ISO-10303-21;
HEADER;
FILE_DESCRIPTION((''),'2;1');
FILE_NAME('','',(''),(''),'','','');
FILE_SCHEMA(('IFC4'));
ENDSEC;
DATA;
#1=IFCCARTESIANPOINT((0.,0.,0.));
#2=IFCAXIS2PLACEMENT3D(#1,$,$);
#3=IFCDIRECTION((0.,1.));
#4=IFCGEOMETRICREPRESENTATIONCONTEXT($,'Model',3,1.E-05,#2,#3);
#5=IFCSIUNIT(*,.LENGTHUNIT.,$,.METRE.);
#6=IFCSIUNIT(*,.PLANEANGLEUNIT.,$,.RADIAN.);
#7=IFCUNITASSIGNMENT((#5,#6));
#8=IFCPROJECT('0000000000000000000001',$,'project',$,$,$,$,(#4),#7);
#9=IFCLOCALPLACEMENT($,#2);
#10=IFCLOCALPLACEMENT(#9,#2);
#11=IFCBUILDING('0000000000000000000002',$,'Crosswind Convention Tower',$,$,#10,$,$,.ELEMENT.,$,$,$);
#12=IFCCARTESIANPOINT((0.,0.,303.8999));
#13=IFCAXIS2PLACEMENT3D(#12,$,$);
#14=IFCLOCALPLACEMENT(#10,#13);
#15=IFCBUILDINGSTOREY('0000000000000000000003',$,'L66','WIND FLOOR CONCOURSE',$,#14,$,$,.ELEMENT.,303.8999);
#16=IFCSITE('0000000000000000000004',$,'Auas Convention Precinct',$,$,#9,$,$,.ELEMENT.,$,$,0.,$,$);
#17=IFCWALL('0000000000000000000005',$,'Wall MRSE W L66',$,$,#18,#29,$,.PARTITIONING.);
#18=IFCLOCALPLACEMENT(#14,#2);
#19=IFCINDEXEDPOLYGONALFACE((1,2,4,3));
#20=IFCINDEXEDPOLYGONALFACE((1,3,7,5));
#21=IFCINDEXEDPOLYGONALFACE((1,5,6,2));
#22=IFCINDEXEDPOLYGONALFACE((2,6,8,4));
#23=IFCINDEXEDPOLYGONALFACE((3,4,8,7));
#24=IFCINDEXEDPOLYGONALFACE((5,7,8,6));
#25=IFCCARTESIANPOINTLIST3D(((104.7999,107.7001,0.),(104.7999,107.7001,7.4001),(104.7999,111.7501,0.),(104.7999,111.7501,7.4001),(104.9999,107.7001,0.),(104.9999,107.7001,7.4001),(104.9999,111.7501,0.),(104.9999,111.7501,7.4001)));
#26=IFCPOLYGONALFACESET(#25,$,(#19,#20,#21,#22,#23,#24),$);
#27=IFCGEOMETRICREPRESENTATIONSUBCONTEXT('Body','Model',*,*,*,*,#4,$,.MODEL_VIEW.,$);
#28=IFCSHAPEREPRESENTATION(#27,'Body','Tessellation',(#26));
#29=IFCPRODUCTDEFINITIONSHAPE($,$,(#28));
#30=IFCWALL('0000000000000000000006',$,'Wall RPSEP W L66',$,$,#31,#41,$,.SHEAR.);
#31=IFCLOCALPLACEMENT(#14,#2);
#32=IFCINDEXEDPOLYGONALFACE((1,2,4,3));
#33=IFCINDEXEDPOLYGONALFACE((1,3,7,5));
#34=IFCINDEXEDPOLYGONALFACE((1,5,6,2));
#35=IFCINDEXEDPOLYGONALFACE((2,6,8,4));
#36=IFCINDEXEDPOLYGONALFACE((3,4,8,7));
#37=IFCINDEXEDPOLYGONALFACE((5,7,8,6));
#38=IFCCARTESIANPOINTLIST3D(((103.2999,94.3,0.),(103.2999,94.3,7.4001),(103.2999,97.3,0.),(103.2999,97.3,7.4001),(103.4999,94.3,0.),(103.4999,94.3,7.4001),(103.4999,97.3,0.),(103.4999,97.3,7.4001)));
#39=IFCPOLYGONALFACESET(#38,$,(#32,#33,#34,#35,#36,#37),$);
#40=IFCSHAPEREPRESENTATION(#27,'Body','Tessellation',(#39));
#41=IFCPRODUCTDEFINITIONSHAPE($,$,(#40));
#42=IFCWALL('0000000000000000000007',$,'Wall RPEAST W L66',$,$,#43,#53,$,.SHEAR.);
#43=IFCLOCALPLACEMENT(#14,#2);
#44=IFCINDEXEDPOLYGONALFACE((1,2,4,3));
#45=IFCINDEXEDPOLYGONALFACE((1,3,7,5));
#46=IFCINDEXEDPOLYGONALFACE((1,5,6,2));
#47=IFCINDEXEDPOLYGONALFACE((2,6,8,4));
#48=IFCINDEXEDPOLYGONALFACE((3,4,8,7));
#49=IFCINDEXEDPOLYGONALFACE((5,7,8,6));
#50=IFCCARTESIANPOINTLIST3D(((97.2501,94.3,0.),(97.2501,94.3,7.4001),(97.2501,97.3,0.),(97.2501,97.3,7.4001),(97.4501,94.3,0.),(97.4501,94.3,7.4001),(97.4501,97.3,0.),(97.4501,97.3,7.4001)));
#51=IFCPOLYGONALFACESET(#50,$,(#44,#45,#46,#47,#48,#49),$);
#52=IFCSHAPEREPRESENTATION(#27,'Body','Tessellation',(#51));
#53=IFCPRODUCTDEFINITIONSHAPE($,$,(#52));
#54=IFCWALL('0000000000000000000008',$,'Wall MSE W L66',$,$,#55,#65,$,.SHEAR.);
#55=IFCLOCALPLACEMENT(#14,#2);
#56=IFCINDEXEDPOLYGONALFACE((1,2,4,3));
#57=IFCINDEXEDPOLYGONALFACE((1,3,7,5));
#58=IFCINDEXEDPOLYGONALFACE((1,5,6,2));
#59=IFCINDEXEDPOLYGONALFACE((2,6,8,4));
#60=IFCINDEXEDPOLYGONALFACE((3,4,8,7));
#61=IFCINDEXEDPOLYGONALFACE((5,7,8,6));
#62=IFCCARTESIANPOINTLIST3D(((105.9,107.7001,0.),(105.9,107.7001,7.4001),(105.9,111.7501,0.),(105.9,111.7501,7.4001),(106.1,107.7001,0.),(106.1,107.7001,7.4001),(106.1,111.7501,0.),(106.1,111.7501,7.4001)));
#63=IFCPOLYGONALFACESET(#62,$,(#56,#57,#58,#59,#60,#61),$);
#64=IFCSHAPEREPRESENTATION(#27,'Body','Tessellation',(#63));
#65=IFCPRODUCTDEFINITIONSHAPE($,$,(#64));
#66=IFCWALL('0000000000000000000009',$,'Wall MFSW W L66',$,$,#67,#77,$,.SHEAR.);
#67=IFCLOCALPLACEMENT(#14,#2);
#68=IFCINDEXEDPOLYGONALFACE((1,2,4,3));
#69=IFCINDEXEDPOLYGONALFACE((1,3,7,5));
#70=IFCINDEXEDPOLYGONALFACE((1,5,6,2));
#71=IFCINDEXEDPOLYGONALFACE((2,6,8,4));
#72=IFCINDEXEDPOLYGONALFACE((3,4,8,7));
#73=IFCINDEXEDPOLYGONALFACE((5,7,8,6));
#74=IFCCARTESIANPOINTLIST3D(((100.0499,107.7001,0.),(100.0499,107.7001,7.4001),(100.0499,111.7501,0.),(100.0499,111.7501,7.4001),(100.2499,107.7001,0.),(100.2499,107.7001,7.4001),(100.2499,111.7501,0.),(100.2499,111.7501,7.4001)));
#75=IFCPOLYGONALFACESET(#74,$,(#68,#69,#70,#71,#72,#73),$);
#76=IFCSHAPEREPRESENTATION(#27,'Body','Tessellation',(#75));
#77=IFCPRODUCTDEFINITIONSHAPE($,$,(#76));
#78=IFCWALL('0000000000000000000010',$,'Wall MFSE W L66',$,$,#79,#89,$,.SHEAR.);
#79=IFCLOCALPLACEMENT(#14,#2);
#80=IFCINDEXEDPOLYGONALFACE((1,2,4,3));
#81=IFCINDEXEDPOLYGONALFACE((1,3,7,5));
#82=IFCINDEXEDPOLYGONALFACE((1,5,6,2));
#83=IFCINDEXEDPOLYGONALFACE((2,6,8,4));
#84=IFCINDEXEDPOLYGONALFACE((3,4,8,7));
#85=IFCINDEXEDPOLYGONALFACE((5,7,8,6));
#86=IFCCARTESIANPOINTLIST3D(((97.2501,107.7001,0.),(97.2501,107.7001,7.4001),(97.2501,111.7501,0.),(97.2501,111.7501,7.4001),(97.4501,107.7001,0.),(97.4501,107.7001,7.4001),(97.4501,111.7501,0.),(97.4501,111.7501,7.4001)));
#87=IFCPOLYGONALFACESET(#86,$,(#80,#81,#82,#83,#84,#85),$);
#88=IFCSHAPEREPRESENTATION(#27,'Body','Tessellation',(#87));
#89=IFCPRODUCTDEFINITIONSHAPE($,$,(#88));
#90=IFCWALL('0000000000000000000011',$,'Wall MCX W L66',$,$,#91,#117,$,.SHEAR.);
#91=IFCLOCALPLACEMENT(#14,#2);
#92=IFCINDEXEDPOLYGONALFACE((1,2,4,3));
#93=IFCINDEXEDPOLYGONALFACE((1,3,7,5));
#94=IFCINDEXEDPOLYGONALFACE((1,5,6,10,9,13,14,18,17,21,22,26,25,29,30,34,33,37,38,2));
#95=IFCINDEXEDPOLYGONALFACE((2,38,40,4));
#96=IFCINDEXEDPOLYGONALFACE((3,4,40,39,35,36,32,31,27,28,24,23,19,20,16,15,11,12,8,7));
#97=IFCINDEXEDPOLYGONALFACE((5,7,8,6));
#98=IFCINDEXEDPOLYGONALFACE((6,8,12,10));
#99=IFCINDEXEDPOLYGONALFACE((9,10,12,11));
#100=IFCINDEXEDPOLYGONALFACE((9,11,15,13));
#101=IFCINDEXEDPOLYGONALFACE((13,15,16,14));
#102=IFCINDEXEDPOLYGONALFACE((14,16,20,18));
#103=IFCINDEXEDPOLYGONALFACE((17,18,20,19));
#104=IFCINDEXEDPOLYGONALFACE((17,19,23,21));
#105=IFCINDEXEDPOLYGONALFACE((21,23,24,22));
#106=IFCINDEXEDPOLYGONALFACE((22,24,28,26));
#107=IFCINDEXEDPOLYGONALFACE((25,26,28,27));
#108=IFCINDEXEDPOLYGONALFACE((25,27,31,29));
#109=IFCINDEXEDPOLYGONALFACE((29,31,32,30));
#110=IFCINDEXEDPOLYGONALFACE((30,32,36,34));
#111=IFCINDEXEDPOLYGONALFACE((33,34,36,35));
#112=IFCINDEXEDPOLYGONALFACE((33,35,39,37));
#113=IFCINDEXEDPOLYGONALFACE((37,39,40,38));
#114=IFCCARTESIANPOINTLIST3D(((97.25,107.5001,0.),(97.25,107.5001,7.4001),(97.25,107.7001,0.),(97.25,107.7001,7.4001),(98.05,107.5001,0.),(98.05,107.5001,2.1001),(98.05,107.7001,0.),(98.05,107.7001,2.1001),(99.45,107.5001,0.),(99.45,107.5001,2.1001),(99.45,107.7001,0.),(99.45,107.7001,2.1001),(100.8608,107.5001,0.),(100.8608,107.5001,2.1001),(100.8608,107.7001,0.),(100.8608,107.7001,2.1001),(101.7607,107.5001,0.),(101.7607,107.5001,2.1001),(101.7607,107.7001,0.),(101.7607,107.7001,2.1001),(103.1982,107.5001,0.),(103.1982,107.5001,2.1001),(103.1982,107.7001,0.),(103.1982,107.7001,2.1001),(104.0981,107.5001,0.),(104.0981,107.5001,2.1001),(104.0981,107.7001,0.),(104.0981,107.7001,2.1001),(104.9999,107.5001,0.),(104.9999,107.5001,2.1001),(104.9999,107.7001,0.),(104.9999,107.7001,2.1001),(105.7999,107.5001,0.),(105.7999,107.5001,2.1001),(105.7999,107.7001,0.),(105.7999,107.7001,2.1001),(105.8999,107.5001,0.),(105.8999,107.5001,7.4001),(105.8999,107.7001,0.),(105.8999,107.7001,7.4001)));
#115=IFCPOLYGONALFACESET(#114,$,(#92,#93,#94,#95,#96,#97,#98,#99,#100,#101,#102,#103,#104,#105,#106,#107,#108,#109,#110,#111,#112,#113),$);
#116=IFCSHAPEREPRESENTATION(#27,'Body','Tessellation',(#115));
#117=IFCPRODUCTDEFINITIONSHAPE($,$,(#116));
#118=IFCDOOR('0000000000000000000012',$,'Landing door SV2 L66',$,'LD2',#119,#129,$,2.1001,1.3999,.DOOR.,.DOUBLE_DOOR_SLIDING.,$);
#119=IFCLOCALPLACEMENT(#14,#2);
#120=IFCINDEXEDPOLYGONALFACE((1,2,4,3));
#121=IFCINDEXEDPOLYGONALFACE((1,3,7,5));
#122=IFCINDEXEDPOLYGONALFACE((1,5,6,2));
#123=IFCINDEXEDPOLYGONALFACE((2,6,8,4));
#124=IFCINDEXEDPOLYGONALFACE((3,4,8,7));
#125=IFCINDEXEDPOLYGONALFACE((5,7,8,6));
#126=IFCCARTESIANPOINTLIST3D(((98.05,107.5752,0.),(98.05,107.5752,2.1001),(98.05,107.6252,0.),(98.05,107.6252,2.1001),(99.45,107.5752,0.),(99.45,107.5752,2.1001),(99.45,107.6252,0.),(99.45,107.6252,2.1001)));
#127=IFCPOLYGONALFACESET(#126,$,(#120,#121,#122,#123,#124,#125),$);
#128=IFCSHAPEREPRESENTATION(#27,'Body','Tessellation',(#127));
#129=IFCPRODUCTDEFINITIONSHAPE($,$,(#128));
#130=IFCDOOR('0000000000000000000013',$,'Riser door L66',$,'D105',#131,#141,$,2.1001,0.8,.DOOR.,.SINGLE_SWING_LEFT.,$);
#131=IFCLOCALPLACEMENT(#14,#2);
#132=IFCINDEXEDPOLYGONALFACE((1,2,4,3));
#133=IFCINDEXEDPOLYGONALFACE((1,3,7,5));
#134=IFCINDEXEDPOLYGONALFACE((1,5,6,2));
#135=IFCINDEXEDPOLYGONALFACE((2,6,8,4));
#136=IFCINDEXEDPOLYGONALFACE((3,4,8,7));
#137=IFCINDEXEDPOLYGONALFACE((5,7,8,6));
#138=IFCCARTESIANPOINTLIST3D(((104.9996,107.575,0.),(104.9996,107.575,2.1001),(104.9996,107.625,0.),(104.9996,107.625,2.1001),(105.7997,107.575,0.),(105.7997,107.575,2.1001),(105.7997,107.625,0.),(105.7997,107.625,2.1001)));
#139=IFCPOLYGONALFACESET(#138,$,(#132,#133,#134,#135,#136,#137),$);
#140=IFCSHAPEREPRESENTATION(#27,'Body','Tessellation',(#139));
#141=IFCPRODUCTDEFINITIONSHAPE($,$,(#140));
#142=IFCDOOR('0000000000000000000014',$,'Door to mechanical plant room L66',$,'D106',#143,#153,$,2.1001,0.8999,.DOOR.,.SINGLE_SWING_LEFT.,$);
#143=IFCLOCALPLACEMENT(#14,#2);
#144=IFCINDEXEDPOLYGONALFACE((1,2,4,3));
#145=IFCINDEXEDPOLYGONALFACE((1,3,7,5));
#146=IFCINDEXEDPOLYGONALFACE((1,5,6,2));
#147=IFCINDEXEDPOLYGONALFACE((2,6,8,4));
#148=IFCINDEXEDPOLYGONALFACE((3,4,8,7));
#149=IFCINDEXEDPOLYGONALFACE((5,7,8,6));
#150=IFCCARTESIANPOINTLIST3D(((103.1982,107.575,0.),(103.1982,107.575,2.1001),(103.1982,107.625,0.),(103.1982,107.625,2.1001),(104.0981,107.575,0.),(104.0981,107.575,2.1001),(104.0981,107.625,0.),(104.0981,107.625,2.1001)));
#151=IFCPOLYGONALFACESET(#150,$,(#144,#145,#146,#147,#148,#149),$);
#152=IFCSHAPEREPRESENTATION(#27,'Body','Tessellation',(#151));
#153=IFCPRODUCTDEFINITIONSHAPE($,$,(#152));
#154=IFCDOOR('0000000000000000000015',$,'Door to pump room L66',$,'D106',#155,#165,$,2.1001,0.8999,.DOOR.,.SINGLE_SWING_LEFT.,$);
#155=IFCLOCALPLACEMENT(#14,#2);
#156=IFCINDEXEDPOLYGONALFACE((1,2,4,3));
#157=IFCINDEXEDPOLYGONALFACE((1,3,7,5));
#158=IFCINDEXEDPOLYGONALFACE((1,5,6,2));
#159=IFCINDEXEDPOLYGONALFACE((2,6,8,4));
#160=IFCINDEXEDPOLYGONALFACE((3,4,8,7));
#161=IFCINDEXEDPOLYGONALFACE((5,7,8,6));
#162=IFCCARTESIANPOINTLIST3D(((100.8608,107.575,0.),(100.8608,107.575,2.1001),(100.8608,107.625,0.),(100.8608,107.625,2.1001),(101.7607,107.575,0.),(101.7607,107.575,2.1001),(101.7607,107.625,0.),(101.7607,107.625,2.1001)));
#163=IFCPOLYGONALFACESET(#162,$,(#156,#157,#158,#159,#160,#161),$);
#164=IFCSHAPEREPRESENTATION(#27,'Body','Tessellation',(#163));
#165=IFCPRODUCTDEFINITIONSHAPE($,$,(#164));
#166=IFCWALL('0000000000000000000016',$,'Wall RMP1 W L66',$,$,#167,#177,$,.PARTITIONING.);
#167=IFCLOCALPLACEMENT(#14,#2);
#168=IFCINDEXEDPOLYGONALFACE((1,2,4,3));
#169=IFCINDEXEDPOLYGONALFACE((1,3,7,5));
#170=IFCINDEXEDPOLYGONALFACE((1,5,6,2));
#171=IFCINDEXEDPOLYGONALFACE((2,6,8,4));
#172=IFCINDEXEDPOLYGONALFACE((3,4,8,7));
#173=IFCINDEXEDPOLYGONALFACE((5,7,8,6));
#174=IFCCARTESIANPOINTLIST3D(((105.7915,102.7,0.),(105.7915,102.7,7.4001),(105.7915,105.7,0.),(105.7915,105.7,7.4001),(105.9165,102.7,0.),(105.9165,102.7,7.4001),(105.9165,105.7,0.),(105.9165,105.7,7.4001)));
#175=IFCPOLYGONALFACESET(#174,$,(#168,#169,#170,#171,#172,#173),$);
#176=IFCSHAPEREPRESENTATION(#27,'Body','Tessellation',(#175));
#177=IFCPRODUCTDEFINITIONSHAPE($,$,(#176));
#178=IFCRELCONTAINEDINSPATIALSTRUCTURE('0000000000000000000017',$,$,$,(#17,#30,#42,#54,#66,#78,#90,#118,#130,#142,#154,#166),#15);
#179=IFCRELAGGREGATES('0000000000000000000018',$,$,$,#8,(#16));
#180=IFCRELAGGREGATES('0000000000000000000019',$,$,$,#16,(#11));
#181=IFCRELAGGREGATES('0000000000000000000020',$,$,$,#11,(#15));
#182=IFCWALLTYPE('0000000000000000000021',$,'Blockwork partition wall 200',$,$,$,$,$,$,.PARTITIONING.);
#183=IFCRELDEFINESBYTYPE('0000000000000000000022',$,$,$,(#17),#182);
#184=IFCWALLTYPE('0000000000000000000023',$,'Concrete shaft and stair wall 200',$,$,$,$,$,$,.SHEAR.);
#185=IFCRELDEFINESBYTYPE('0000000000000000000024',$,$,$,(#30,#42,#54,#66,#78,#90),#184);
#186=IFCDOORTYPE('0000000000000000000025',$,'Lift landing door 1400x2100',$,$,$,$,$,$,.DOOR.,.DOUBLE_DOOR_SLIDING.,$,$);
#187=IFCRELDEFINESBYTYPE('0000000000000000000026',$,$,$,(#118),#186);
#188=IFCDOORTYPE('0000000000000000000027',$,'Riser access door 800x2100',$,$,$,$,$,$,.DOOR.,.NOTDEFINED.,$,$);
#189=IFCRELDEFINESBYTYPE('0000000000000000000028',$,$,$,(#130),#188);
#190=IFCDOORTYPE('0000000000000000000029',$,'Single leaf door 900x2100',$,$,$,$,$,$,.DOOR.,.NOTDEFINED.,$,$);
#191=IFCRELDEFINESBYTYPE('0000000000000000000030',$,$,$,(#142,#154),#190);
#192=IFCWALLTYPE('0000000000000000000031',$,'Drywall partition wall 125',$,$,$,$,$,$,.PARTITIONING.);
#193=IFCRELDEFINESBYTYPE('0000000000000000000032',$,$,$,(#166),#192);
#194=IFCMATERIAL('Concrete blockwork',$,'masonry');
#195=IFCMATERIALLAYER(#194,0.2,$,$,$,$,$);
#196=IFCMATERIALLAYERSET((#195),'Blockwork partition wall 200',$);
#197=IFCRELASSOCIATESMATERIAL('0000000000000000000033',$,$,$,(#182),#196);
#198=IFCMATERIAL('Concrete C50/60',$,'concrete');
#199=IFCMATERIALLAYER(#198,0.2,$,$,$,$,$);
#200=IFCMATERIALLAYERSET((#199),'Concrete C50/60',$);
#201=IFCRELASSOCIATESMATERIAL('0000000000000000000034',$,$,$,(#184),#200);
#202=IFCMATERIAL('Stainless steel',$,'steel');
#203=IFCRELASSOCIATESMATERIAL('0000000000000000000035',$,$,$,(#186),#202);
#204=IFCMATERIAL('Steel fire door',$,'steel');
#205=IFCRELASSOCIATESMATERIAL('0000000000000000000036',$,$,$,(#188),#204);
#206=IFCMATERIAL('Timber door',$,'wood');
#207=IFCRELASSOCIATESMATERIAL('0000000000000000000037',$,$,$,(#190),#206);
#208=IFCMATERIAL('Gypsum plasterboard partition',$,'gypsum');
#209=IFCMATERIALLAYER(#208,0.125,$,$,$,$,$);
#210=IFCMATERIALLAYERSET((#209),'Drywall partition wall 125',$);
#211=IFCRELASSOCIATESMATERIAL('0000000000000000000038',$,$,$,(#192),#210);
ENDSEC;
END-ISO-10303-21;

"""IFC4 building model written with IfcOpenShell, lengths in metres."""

from ifc_helpers import new_model, si_unit, direction, frame, frame_2d, origin, place, context, subcontext, project, spatial, rectangle, extrude, material, layer, layer_set, type_object, element, fill, save


model = new_model("IFC4")

# Units and contexts
model_context = context("Model", 3, precision=1e-05, world=origin(), true_north=direction((0.0, 1.0)))
body_context = subcontext(model_context, "Body", "Model", "MODEL_VIEW")
ifc_project = project(units=[si_unit("LENGTHUNIT", "METRE"), si_unit("PLANEANGLEUNIT", "RADIAN")], contexts=[model_context])

# Site, building, storey
site_placement = place(None, origin())
site = spatial("IfcSite", under=ifc_project, at=site_placement, Name="Auas Convention Precinct", CompositionType="ELEMENT", RefElevation=0.0)
building_placement = place(site_placement, origin())
building = spatial("IfcBuilding", under=site, at=building_placement, Name="Crosswind Convention Tower", CompositionType="ELEMENT")
storey_placement = place(building_placement, frame((0.0, 0.0, 303.8999)))
storey = spatial("IfcBuildingStorey", under=building, at=storey_placement, Name="L66", Description="WIND FLOOR CONCOURSE", CompositionType="ELEMENT", Elevation=303.8999)

# Walls
ifc_material_1 = material(Name="Concrete blockwork", Category="masonry")
ifc_layer_1 = layer(ifc_material_1, 0.2)
ifc_layer_set_1 = layer_set([ifc_layer_1], Name="Blockwork partition wall 200")
wall_type_1 = type_object("IfcWallType", Name="Blockwork partition wall 200", PredefinedType="PARTITIONING", material=ifc_layer_set_1)
wall_1_placement = place(storey_placement, frame((104.8999, 111.75, 0.0), z_axis=(0.0, 0.0, 1.0), x_axis=(0.0, -1.0, 0.0)))
element("IfcWall", 1, at=wall_1_placement, inside=storey, type_object=wall_type_1, Name="Wall MRSE W L66", PredefinedType="PARTITIONING", context=body_context, shape_type="SweptSolid", body=[
    extrude(rectangle(XDim=4.05, YDim=0.2, at=frame_2d((2.0249, 0.0))), origin(), (0.0, 0.0, 1.0), 7.4001),
])
ifc_material_2 = material(Name="Concrete C50/60", Category="concrete")
ifc_layer_2 = layer(ifc_material_2, 0.2)
ifc_layer_set_2 = layer_set([ifc_layer_2], Name="Concrete C50/60")
wall_type_2 = type_object("IfcWallType", Name="Concrete shaft and stair wall 200", PredefinedType="SHEAR", material=ifc_layer_set_2)
for number, where, z_axis, x_axis, name in (
    (2, (103.3999, 97.3, 0.0), (0.0, 0.0, 1.0), (0.0, -1.0, 0.0), "Wall RPSEP W L66"),
    (3, (97.3501, 97.3, 0.0), (0.0, 0.0, 1.0), (0.0, -1.0, 0.0), "Wall RPEAST W L66"),
):
    element("IfcWall", number, at=place(storey_placement, frame(where, z_axis=z_axis, x_axis=x_axis)), inside=storey, type_object=wall_type_2, Name=name, PredefinedType="SHEAR", context=body_context, shape_type="SweptSolid", body=[
        extrude(rectangle(XDim=3.0, YDim=0.2, at=frame_2d((1.5, 0.0))), origin(), (0.0, 0.0, 1.0), 7.4001),
    ])
for number, where, z_axis, x_axis, name in (
    (4, (106.0, 111.75, 0.0), (0.0, 0.0, 1.0), (0.0, -1.0, 0.0), "Wall MSE W L66"),
    (5, (100.1499, 111.75, 0.0), (0.0, 0.0, 1.0), (0.0, -1.0, 0.0), "Wall MFSW W L66"),
    (6, (97.3501, 111.75, 0.0), (0.0, 0.0, 1.0), (0.0, -1.0, 0.0), "Wall MFSE W L66"),
):
    element("IfcWall", number, at=place(storey_placement, frame(where, z_axis=z_axis, x_axis=x_axis)), inside=storey, type_object=wall_type_2, Name=name, PredefinedType="SHEAR", context=body_context, shape_type="SweptSolid", body=[
        extrude(rectangle(XDim=4.05, YDim=0.2, at=frame_2d((2.0249, 0.0))), origin(), (0.0, 0.0, 1.0), 7.4001),
    ])

# Wall, openings, doors
wall_2_placement = place(storey_placement, frame((105.8999, 107.6001, 0.0), z_axis=(0.0, 0.0, 1.0), x_axis=(-1.0, 0.0, 0.0)))
wall_2 = element("IfcWall", 7, at=wall_2_placement, inside=storey, type_object=wall_type_2, Name="Wall MCX W L66", PredefinedType="SHEAR", context=body_context, shape_type="SweptSolid", body=[
    extrude(rectangle(XDim=8.6499, YDim=0.2, at=frame_2d((4.325, 0.0))), origin(), (0.0, 0.0, 1.0), 7.4001),
])
opening_1_placement = place(wall_2_placement, frame((0.1001, 0.0, 0.0)))
opening_1 = element("IfcOpeningElement", 8, at=opening_1_placement, cuts=wall_2, PredefinedType="OPENING", context=body_context, shape_type="SweptSolid", body=[
    extrude(rectangle(XDim=0.8, YDim=2.1001, at=frame_2d((0.3999, 1.05))), frame((0.0, 0.1099, 0.0), z_axis=(0.0, -1.0, 0.0), x_axis=(1.0, 0.0, 0.0)), (0.0, 0.0, 1.0), 0.22),
])
opening_2_placement = place(wall_2_placement, frame((1.8018, 0.0, 0.0)))
opening_2 = element("IfcOpeningElement", 9, at=opening_2_placement, cuts=wall_2, PredefinedType="OPENING", context=body_context, shape_type="SweptSolid", body=[
    extrude(rectangle(XDim=0.8999, YDim=2.1001, at=frame_2d((0.45, 1.05))), frame((0.0, 0.1099, 0.0), z_axis=(0.0, -1.0, 0.0), x_axis=(1.0, 0.0, 0.0)), (0.0, 0.0, 1.0), 0.22),
])
opening_3_placement = place(wall_2_placement, frame((4.1392, 0.0, 0.0)))
opening_3 = element("IfcOpeningElement", 10, at=opening_3_placement, cuts=wall_2, PredefinedType="OPENING", context=body_context, shape_type="SweptSolid", body=[
    extrude(rectangle(XDim=0.8999, YDim=2.1001, at=frame_2d((0.45, 1.05))), frame((0.0, 0.1099, 0.0), z_axis=(0.0, -1.0, 0.0), x_axis=(1.0, 0.0, 0.0)), (0.0, 0.0, 1.0), 0.22),
])
opening_4_placement = place(wall_2_placement, frame((6.45, 0.0, 0.0)))
opening_4 = element("IfcOpeningElement", 11, at=opening_4_placement, cuts=wall_2, PredefinedType="OPENING", context=body_context, shape_type="SweptSolid", body=[
    extrude(rectangle(XDim=1.3999, YDim=2.1001, at=frame_2d((0.7, 1.05))), frame((0.0, 0.1099, 0.0), z_axis=(0.0, -1.0, 0.0), x_axis=(1.0, 0.0, 0.0)), (0.0, 0.0, 1.0), 0.22),
])
ifc_material_3 = material(Name="Stainless steel", Category="steel")
door_type_1 = type_object("IfcDoorType", Name="Lift landing door 1400x2100", OperationType="DOUBLE_DOOR_SLIDING", PredefinedType="DOOR", material=ifc_material_3)
door_1_placement = place(opening_4_placement, origin())
door_1 = element("IfcDoor", 12, at=door_1_placement, inside=storey, type_object=door_type_1, Name="Landing door SV2 L66", ObjectType="LD2", OperationType="DOUBLE_DOOR_SLIDING", OverallHeight=2.1001, OverallWidth=1.3999, PredefinedType="DOOR", context=body_context, shape_type="SweptSolid", body=[
    extrude(rectangle(XDim=1.3999, YDim=2.1001, at=frame_2d((0.7, 1.05))), frame((0.0, 0.0249, 0.0), z_axis=(0.0, -1.0, 0.0), x_axis=(1.0, 0.0, 0.0)), (0.0, 0.0, 1.0), 0.05),
])
fill(opening_4, door_1)
ifc_material_4 = material(Name="Steel fire door", Category="steel")
door_type_2 = type_object("IfcDoorType", Name="Riser access door 800x2100", OperationType="NOTDEFINED", PredefinedType="DOOR", material=ifc_material_4)
door_2_placement = place(opening_1_placement, frame((0.8, 0.0, 0.0), z_axis=(0.0, 0.0, 1.0), x_axis=(-1.0, 0.0, 0.0)))
door_2 = element("IfcDoor", 13, at=door_2_placement, inside=storey, type_object=door_type_2, Name="Riser door L66", ObjectType="D105", OperationType="SINGLE_SWING_LEFT", OverallHeight=2.1001, OverallWidth=0.8, PredefinedType="DOOR", context=body_context, shape_type="SweptSolid", body=[
    extrude(rectangle(XDim=0.8, YDim=2.1001, at=frame_2d((0.3999, 1.05))), frame((0.0, 0.0249, 0.0), z_axis=(0.0, -1.0, 0.0), x_axis=(1.0, 0.0, 0.0)), (0.0, 0.0, 1.0), 0.05),
])
fill(opening_1, door_2)
ifc_material_5 = material(Name="Timber door", Category="wood")
door_type_3 = type_object("IfcDoorType", Name="Single leaf door 900x2100", OperationType="NOTDEFINED", PredefinedType="DOOR", material=ifc_material_5)
door_3_placement = place(opening_2_placement, frame((0.8999, 0.0, 0.0), z_axis=(0.0, 0.0, 1.0), x_axis=(-1.0, 0.0, 0.0)))
door_3 = element("IfcDoor", 14, at=door_3_placement, inside=storey, type_object=door_type_3, Name="Door to mechanical plant room L66", ObjectType="D106", OperationType="SINGLE_SWING_LEFT", OverallHeight=2.1001, OverallWidth=0.8999, PredefinedType="DOOR", context=body_context, shape_type="SweptSolid", body=[
    extrude(rectangle(XDim=0.8999, YDim=2.1001, at=frame_2d((0.45, 1.05))), frame((0.0, 0.0249, 0.0), z_axis=(0.0, -1.0, 0.0), x_axis=(1.0, 0.0, 0.0)), (0.0, 0.0, 1.0), 0.05),
])
fill(opening_2, door_3)
door_4_placement = place(opening_3_placement, frame((0.8999, 0.0, 0.0), z_axis=(0.0, 0.0, 1.0), x_axis=(-1.0, 0.0, 0.0)))
door_4 = element("IfcDoor", 15, at=door_4_placement, inside=storey, type_object=door_type_3, Name="Door to pump room L66", ObjectType="D106", OperationType="SINGLE_SWING_LEFT", OverallHeight=2.1001, OverallWidth=0.8999, PredefinedType="DOOR", context=body_context, shape_type="SweptSolid", body=[
    extrude(rectangle(XDim=0.8999, YDim=2.1001, at=frame_2d((0.45, 1.05))), frame((0.0, 0.0249, 0.0), z_axis=(0.0, -1.0, 0.0), x_axis=(1.0, 0.0, 0.0)), (0.0, 0.0, 1.0), 0.05),
])
fill(opening_3, door_4)

# Wall
ifc_material_6 = material(Name="Gypsum plasterboard partition", Category="gypsum")
ifc_layer_3 = layer(ifc_material_6, 0.125)
ifc_layer_set_3 = layer_set([ifc_layer_3], Name="Drywall partition wall 125")
wall_type_3 = type_object("IfcWallType", Name="Drywall partition wall 125", PredefinedType="PARTITIONING", material=ifc_layer_set_3)
wall_3_placement = place(storey_placement, frame((105.854, 105.7, 0.0), z_axis=(0.0, 0.0, 1.0), x_axis=(0.0, -1.0, 0.0)))
element("IfcWall", 16, at=wall_3_placement, inside=storey, type_object=wall_type_3, Name="Wall RMP1 W L66", PredefinedType="PARTITIONING", context=body_context, shape_type="SweptSolid", body=[
    extrude(rectangle(XDim=3.0, YDim=0.125, at=frame_2d((1.5, 0.0))), origin(), (0.0, 0.0, 1.0), 7.4001),
])

save(model, "model.ifc")
